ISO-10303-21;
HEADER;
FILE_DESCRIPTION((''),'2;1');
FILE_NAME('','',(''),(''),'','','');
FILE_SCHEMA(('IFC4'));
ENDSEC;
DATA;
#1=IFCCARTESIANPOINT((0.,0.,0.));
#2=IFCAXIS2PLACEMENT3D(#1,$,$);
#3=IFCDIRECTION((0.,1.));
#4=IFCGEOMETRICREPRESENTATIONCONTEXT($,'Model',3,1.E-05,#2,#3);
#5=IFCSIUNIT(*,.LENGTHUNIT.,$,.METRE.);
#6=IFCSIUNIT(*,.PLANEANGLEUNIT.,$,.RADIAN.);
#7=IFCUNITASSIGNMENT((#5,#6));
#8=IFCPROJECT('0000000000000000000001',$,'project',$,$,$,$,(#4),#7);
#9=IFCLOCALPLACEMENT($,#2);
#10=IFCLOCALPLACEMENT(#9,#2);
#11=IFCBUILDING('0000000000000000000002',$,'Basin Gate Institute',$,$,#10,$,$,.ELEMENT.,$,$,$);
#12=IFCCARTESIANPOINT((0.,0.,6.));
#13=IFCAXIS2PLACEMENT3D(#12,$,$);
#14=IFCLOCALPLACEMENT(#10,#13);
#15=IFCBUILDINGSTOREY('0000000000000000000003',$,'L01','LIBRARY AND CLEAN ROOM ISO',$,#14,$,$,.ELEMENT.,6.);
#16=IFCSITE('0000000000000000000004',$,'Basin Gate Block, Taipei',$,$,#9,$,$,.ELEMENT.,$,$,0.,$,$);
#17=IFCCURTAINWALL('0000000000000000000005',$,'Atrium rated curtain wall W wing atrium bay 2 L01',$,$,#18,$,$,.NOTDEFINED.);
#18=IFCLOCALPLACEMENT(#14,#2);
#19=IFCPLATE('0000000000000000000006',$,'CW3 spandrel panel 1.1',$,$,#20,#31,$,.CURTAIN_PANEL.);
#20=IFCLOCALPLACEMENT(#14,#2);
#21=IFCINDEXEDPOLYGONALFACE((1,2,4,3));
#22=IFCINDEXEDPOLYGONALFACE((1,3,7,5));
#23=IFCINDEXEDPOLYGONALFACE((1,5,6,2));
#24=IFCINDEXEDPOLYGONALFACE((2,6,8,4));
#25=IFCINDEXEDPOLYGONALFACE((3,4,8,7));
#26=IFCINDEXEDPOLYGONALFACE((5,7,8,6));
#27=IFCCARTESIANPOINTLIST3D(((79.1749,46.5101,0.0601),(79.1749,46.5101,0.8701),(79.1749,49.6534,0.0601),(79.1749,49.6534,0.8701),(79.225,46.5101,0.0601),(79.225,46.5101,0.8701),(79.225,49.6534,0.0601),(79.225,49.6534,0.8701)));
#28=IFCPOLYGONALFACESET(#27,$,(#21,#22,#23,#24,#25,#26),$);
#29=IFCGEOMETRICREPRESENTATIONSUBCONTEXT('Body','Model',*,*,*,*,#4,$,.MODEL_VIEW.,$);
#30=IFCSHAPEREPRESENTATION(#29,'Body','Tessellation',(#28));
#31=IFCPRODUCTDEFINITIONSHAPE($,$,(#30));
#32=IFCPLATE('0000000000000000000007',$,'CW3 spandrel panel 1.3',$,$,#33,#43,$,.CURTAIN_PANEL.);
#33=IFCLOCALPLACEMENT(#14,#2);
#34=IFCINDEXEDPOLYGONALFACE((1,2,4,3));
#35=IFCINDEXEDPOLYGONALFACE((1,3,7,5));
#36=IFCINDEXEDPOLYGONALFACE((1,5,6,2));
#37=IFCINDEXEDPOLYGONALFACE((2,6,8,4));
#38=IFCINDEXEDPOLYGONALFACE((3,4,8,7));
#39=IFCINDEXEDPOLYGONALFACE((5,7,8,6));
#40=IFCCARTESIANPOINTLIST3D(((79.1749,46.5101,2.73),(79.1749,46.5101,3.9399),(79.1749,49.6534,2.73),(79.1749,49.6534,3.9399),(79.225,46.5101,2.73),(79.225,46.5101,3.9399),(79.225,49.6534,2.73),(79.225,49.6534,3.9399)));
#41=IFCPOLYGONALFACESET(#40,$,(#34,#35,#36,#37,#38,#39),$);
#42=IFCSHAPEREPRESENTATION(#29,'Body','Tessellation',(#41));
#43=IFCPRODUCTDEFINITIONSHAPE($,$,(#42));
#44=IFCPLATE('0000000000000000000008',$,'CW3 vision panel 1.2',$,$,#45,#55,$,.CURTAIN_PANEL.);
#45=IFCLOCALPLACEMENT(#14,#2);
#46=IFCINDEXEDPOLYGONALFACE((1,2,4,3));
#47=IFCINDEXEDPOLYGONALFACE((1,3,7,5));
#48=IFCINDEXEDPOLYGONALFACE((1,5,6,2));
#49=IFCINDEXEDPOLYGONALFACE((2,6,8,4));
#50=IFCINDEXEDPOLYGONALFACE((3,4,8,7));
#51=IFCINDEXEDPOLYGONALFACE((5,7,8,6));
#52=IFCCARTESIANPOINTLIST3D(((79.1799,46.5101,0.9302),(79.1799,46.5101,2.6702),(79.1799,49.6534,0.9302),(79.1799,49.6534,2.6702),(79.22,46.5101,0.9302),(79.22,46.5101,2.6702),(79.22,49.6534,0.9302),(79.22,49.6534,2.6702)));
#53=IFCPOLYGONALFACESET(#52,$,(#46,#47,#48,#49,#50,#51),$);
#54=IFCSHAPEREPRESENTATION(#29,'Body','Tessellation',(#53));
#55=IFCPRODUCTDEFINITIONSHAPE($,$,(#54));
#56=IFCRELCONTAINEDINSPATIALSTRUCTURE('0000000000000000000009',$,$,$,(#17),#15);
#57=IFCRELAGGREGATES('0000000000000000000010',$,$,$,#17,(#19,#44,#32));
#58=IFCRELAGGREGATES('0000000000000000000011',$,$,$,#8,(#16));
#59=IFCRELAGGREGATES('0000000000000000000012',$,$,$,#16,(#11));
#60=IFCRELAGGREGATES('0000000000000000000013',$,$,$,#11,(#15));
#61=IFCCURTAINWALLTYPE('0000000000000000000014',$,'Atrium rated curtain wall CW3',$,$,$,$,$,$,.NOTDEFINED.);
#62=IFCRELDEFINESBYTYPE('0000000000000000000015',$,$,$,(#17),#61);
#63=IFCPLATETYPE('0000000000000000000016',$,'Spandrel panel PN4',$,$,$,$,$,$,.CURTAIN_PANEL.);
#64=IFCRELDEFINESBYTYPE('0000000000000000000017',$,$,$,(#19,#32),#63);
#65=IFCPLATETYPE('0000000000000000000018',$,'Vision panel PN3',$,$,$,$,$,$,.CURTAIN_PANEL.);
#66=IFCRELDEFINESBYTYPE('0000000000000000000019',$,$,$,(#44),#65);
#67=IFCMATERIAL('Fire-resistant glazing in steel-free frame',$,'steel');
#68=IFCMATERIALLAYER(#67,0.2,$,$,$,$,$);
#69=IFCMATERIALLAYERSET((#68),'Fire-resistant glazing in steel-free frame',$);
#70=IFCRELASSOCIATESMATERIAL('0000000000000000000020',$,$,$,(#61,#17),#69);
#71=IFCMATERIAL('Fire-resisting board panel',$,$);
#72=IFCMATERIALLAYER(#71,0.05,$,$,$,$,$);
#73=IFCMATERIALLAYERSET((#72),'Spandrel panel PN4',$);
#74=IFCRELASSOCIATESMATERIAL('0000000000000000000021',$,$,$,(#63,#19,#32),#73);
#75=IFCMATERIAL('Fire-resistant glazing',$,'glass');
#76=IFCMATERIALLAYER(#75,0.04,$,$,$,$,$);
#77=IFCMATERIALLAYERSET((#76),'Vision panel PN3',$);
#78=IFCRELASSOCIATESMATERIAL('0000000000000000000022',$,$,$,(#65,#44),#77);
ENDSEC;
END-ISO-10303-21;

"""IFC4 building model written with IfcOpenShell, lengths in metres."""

from ifc_helpers import new_model, si_unit, direction, frame, origin, origin_2d, place, context, subcontext, project, spatial, rectangle, extrude, material, layer, layer_set, type_object, element, aggregate, save


model = new_model("IFC4")

# Units and contexts
model_context = context("Model", 3, precision=1e-05, world=origin(), true_north=direction((0.0, 1.0)))
body_context = subcontext(model_context, "Body", "Model", "MODEL_VIEW")
ifc_project = project(units=[si_unit("LENGTHUNIT", "METRE"), si_unit("PLANEANGLEUNIT", "RADIAN")], contexts=[model_context])

# Site, building, storey
site_placement = place(None, origin())
site = spatial("IfcSite", under=ifc_project, at=site_placement, Name="Basin Gate Block, Taipei", CompositionType="ELEMENT", RefElevation=0.0)
building_placement = place(site_placement, origin())
building = spatial("IfcBuilding", under=site, at=building_placement, Name="Basin Gate Institute", CompositionType="ELEMENT")
storey_placement = place(building_placement, frame((0.0, 0.0, 6.0)))
storey = spatial("IfcBuildingStorey", under=building, at=storey_placement, Name="L01", Description="LIBRARY AND CLEAN ROOM ISO", CompositionType="ELEMENT", Elevation=6.0)

# Curtain wall
ifc_material_1 = material(Name="Fire-resistant glazing in steel-free frame", Category="steel")
ifc_layer_1 = layer(ifc_material_1, 0.2)
ifc_layer_set_1 = layer_set([ifc_layer_1], Name="Fire-resistant glazing in steel-free frame")
curtain_wall_type_1 = type_object("IfcCurtainWallType", Name="Atrium rated curtain wall CW3", PredefinedType="NOTDEFINED", material=ifc_layer_set_1)
curtain_wall_1_placement = place(storey_placement, origin())
curtain_wall_1 = element("IfcCurtainWall", 1, at=curtain_wall_1_placement, inside=storey, type_object=curtain_wall_type_1, material=ifc_layer_set_1, Name="Atrium rated curtain wall W wing atrium bay 2 L01", PredefinedType="NOTDEFINED")

# Plates
ifc_material_2 = material(Name="Fire-resisting board panel")
ifc_layer_2 = layer(ifc_material_2, 0.05)
ifc_layer_set_2 = layer_set([ifc_layer_2], Name="Spandrel panel PN4")
plate_type_1 = type_object("IfcPlateType", Name="Spandrel panel PN4", PredefinedType="CURTAIN_PANEL", material=ifc_layer_set_2)
plate_1_placement = place(storey_placement, frame((79.2, 48.0818, 0.0601), z_axis=(0.0, 0.0, 1.0), x_axis=(0.0, 1.0, 0.0)))
plate_1 = element("IfcPlate", 2, at=plate_1_placement, type_object=plate_type_1, material=ifc_layer_set_2, Name="CW3 spandrel panel 1.1", PredefinedType="CURTAIN_PANEL", context=body_context, shape_type="SweptSolid", body=[
    extrude(rectangle(XDim=3.1433, YDim=0.05, at=origin_2d()), origin(), (0.0, 0.0, 1.0), 0.8101),
])
plate_2_placement = place(storey_placement, frame((79.2, 48.0818, 2.73), z_axis=(0.0, 0.0, 1.0), x_axis=(0.0, 1.0, 0.0)))
plate_2 = element("IfcPlate", 3, at=plate_2_placement, type_object=plate_type_1, material=ifc_layer_set_2, Name="CW3 spandrel panel 1.3", PredefinedType="CURTAIN_PANEL", context=body_context, shape_type="SweptSolid", body=[
    extrude(rectangle(XDim=3.1433, YDim=0.05, at=origin_2d()), origin(), (0.0, 0.0, 1.0), 1.21),
])
ifc_material_3 = material(Name="Fire-resistant glazing", Category="glass")
ifc_layer_3 = layer(ifc_material_3, 0.04)
ifc_layer_set_3 = layer_set([ifc_layer_3], Name="Vision panel PN3")
plate_type_2 = type_object("IfcPlateType", Name="Vision panel PN3", PredefinedType="CURTAIN_PANEL", material=ifc_layer_set_3)
plate_3_placement = place(storey_placement, frame((79.2, 48.0818, 0.9302), z_axis=(0.0, 0.0, 1.0), x_axis=(0.0, 1.0, 0.0)))
plate_3 = element("IfcPlate", 4, at=plate_3_placement, type_object=plate_type_2, material=ifc_layer_set_3, Name="CW3 vision panel 1.2", PredefinedType="CURTAIN_PANEL", context=body_context, shape_type="SweptSolid", body=[
    extrude(rectangle(XDim=3.1433, YDim=0.04, at=origin_2d()), origin(), (0.0, 0.0, 1.0), 1.74),
])
aggregate(curtain_wall_1, [plate_1, plate_3, plate_2])

save(model, "model.ifc")
